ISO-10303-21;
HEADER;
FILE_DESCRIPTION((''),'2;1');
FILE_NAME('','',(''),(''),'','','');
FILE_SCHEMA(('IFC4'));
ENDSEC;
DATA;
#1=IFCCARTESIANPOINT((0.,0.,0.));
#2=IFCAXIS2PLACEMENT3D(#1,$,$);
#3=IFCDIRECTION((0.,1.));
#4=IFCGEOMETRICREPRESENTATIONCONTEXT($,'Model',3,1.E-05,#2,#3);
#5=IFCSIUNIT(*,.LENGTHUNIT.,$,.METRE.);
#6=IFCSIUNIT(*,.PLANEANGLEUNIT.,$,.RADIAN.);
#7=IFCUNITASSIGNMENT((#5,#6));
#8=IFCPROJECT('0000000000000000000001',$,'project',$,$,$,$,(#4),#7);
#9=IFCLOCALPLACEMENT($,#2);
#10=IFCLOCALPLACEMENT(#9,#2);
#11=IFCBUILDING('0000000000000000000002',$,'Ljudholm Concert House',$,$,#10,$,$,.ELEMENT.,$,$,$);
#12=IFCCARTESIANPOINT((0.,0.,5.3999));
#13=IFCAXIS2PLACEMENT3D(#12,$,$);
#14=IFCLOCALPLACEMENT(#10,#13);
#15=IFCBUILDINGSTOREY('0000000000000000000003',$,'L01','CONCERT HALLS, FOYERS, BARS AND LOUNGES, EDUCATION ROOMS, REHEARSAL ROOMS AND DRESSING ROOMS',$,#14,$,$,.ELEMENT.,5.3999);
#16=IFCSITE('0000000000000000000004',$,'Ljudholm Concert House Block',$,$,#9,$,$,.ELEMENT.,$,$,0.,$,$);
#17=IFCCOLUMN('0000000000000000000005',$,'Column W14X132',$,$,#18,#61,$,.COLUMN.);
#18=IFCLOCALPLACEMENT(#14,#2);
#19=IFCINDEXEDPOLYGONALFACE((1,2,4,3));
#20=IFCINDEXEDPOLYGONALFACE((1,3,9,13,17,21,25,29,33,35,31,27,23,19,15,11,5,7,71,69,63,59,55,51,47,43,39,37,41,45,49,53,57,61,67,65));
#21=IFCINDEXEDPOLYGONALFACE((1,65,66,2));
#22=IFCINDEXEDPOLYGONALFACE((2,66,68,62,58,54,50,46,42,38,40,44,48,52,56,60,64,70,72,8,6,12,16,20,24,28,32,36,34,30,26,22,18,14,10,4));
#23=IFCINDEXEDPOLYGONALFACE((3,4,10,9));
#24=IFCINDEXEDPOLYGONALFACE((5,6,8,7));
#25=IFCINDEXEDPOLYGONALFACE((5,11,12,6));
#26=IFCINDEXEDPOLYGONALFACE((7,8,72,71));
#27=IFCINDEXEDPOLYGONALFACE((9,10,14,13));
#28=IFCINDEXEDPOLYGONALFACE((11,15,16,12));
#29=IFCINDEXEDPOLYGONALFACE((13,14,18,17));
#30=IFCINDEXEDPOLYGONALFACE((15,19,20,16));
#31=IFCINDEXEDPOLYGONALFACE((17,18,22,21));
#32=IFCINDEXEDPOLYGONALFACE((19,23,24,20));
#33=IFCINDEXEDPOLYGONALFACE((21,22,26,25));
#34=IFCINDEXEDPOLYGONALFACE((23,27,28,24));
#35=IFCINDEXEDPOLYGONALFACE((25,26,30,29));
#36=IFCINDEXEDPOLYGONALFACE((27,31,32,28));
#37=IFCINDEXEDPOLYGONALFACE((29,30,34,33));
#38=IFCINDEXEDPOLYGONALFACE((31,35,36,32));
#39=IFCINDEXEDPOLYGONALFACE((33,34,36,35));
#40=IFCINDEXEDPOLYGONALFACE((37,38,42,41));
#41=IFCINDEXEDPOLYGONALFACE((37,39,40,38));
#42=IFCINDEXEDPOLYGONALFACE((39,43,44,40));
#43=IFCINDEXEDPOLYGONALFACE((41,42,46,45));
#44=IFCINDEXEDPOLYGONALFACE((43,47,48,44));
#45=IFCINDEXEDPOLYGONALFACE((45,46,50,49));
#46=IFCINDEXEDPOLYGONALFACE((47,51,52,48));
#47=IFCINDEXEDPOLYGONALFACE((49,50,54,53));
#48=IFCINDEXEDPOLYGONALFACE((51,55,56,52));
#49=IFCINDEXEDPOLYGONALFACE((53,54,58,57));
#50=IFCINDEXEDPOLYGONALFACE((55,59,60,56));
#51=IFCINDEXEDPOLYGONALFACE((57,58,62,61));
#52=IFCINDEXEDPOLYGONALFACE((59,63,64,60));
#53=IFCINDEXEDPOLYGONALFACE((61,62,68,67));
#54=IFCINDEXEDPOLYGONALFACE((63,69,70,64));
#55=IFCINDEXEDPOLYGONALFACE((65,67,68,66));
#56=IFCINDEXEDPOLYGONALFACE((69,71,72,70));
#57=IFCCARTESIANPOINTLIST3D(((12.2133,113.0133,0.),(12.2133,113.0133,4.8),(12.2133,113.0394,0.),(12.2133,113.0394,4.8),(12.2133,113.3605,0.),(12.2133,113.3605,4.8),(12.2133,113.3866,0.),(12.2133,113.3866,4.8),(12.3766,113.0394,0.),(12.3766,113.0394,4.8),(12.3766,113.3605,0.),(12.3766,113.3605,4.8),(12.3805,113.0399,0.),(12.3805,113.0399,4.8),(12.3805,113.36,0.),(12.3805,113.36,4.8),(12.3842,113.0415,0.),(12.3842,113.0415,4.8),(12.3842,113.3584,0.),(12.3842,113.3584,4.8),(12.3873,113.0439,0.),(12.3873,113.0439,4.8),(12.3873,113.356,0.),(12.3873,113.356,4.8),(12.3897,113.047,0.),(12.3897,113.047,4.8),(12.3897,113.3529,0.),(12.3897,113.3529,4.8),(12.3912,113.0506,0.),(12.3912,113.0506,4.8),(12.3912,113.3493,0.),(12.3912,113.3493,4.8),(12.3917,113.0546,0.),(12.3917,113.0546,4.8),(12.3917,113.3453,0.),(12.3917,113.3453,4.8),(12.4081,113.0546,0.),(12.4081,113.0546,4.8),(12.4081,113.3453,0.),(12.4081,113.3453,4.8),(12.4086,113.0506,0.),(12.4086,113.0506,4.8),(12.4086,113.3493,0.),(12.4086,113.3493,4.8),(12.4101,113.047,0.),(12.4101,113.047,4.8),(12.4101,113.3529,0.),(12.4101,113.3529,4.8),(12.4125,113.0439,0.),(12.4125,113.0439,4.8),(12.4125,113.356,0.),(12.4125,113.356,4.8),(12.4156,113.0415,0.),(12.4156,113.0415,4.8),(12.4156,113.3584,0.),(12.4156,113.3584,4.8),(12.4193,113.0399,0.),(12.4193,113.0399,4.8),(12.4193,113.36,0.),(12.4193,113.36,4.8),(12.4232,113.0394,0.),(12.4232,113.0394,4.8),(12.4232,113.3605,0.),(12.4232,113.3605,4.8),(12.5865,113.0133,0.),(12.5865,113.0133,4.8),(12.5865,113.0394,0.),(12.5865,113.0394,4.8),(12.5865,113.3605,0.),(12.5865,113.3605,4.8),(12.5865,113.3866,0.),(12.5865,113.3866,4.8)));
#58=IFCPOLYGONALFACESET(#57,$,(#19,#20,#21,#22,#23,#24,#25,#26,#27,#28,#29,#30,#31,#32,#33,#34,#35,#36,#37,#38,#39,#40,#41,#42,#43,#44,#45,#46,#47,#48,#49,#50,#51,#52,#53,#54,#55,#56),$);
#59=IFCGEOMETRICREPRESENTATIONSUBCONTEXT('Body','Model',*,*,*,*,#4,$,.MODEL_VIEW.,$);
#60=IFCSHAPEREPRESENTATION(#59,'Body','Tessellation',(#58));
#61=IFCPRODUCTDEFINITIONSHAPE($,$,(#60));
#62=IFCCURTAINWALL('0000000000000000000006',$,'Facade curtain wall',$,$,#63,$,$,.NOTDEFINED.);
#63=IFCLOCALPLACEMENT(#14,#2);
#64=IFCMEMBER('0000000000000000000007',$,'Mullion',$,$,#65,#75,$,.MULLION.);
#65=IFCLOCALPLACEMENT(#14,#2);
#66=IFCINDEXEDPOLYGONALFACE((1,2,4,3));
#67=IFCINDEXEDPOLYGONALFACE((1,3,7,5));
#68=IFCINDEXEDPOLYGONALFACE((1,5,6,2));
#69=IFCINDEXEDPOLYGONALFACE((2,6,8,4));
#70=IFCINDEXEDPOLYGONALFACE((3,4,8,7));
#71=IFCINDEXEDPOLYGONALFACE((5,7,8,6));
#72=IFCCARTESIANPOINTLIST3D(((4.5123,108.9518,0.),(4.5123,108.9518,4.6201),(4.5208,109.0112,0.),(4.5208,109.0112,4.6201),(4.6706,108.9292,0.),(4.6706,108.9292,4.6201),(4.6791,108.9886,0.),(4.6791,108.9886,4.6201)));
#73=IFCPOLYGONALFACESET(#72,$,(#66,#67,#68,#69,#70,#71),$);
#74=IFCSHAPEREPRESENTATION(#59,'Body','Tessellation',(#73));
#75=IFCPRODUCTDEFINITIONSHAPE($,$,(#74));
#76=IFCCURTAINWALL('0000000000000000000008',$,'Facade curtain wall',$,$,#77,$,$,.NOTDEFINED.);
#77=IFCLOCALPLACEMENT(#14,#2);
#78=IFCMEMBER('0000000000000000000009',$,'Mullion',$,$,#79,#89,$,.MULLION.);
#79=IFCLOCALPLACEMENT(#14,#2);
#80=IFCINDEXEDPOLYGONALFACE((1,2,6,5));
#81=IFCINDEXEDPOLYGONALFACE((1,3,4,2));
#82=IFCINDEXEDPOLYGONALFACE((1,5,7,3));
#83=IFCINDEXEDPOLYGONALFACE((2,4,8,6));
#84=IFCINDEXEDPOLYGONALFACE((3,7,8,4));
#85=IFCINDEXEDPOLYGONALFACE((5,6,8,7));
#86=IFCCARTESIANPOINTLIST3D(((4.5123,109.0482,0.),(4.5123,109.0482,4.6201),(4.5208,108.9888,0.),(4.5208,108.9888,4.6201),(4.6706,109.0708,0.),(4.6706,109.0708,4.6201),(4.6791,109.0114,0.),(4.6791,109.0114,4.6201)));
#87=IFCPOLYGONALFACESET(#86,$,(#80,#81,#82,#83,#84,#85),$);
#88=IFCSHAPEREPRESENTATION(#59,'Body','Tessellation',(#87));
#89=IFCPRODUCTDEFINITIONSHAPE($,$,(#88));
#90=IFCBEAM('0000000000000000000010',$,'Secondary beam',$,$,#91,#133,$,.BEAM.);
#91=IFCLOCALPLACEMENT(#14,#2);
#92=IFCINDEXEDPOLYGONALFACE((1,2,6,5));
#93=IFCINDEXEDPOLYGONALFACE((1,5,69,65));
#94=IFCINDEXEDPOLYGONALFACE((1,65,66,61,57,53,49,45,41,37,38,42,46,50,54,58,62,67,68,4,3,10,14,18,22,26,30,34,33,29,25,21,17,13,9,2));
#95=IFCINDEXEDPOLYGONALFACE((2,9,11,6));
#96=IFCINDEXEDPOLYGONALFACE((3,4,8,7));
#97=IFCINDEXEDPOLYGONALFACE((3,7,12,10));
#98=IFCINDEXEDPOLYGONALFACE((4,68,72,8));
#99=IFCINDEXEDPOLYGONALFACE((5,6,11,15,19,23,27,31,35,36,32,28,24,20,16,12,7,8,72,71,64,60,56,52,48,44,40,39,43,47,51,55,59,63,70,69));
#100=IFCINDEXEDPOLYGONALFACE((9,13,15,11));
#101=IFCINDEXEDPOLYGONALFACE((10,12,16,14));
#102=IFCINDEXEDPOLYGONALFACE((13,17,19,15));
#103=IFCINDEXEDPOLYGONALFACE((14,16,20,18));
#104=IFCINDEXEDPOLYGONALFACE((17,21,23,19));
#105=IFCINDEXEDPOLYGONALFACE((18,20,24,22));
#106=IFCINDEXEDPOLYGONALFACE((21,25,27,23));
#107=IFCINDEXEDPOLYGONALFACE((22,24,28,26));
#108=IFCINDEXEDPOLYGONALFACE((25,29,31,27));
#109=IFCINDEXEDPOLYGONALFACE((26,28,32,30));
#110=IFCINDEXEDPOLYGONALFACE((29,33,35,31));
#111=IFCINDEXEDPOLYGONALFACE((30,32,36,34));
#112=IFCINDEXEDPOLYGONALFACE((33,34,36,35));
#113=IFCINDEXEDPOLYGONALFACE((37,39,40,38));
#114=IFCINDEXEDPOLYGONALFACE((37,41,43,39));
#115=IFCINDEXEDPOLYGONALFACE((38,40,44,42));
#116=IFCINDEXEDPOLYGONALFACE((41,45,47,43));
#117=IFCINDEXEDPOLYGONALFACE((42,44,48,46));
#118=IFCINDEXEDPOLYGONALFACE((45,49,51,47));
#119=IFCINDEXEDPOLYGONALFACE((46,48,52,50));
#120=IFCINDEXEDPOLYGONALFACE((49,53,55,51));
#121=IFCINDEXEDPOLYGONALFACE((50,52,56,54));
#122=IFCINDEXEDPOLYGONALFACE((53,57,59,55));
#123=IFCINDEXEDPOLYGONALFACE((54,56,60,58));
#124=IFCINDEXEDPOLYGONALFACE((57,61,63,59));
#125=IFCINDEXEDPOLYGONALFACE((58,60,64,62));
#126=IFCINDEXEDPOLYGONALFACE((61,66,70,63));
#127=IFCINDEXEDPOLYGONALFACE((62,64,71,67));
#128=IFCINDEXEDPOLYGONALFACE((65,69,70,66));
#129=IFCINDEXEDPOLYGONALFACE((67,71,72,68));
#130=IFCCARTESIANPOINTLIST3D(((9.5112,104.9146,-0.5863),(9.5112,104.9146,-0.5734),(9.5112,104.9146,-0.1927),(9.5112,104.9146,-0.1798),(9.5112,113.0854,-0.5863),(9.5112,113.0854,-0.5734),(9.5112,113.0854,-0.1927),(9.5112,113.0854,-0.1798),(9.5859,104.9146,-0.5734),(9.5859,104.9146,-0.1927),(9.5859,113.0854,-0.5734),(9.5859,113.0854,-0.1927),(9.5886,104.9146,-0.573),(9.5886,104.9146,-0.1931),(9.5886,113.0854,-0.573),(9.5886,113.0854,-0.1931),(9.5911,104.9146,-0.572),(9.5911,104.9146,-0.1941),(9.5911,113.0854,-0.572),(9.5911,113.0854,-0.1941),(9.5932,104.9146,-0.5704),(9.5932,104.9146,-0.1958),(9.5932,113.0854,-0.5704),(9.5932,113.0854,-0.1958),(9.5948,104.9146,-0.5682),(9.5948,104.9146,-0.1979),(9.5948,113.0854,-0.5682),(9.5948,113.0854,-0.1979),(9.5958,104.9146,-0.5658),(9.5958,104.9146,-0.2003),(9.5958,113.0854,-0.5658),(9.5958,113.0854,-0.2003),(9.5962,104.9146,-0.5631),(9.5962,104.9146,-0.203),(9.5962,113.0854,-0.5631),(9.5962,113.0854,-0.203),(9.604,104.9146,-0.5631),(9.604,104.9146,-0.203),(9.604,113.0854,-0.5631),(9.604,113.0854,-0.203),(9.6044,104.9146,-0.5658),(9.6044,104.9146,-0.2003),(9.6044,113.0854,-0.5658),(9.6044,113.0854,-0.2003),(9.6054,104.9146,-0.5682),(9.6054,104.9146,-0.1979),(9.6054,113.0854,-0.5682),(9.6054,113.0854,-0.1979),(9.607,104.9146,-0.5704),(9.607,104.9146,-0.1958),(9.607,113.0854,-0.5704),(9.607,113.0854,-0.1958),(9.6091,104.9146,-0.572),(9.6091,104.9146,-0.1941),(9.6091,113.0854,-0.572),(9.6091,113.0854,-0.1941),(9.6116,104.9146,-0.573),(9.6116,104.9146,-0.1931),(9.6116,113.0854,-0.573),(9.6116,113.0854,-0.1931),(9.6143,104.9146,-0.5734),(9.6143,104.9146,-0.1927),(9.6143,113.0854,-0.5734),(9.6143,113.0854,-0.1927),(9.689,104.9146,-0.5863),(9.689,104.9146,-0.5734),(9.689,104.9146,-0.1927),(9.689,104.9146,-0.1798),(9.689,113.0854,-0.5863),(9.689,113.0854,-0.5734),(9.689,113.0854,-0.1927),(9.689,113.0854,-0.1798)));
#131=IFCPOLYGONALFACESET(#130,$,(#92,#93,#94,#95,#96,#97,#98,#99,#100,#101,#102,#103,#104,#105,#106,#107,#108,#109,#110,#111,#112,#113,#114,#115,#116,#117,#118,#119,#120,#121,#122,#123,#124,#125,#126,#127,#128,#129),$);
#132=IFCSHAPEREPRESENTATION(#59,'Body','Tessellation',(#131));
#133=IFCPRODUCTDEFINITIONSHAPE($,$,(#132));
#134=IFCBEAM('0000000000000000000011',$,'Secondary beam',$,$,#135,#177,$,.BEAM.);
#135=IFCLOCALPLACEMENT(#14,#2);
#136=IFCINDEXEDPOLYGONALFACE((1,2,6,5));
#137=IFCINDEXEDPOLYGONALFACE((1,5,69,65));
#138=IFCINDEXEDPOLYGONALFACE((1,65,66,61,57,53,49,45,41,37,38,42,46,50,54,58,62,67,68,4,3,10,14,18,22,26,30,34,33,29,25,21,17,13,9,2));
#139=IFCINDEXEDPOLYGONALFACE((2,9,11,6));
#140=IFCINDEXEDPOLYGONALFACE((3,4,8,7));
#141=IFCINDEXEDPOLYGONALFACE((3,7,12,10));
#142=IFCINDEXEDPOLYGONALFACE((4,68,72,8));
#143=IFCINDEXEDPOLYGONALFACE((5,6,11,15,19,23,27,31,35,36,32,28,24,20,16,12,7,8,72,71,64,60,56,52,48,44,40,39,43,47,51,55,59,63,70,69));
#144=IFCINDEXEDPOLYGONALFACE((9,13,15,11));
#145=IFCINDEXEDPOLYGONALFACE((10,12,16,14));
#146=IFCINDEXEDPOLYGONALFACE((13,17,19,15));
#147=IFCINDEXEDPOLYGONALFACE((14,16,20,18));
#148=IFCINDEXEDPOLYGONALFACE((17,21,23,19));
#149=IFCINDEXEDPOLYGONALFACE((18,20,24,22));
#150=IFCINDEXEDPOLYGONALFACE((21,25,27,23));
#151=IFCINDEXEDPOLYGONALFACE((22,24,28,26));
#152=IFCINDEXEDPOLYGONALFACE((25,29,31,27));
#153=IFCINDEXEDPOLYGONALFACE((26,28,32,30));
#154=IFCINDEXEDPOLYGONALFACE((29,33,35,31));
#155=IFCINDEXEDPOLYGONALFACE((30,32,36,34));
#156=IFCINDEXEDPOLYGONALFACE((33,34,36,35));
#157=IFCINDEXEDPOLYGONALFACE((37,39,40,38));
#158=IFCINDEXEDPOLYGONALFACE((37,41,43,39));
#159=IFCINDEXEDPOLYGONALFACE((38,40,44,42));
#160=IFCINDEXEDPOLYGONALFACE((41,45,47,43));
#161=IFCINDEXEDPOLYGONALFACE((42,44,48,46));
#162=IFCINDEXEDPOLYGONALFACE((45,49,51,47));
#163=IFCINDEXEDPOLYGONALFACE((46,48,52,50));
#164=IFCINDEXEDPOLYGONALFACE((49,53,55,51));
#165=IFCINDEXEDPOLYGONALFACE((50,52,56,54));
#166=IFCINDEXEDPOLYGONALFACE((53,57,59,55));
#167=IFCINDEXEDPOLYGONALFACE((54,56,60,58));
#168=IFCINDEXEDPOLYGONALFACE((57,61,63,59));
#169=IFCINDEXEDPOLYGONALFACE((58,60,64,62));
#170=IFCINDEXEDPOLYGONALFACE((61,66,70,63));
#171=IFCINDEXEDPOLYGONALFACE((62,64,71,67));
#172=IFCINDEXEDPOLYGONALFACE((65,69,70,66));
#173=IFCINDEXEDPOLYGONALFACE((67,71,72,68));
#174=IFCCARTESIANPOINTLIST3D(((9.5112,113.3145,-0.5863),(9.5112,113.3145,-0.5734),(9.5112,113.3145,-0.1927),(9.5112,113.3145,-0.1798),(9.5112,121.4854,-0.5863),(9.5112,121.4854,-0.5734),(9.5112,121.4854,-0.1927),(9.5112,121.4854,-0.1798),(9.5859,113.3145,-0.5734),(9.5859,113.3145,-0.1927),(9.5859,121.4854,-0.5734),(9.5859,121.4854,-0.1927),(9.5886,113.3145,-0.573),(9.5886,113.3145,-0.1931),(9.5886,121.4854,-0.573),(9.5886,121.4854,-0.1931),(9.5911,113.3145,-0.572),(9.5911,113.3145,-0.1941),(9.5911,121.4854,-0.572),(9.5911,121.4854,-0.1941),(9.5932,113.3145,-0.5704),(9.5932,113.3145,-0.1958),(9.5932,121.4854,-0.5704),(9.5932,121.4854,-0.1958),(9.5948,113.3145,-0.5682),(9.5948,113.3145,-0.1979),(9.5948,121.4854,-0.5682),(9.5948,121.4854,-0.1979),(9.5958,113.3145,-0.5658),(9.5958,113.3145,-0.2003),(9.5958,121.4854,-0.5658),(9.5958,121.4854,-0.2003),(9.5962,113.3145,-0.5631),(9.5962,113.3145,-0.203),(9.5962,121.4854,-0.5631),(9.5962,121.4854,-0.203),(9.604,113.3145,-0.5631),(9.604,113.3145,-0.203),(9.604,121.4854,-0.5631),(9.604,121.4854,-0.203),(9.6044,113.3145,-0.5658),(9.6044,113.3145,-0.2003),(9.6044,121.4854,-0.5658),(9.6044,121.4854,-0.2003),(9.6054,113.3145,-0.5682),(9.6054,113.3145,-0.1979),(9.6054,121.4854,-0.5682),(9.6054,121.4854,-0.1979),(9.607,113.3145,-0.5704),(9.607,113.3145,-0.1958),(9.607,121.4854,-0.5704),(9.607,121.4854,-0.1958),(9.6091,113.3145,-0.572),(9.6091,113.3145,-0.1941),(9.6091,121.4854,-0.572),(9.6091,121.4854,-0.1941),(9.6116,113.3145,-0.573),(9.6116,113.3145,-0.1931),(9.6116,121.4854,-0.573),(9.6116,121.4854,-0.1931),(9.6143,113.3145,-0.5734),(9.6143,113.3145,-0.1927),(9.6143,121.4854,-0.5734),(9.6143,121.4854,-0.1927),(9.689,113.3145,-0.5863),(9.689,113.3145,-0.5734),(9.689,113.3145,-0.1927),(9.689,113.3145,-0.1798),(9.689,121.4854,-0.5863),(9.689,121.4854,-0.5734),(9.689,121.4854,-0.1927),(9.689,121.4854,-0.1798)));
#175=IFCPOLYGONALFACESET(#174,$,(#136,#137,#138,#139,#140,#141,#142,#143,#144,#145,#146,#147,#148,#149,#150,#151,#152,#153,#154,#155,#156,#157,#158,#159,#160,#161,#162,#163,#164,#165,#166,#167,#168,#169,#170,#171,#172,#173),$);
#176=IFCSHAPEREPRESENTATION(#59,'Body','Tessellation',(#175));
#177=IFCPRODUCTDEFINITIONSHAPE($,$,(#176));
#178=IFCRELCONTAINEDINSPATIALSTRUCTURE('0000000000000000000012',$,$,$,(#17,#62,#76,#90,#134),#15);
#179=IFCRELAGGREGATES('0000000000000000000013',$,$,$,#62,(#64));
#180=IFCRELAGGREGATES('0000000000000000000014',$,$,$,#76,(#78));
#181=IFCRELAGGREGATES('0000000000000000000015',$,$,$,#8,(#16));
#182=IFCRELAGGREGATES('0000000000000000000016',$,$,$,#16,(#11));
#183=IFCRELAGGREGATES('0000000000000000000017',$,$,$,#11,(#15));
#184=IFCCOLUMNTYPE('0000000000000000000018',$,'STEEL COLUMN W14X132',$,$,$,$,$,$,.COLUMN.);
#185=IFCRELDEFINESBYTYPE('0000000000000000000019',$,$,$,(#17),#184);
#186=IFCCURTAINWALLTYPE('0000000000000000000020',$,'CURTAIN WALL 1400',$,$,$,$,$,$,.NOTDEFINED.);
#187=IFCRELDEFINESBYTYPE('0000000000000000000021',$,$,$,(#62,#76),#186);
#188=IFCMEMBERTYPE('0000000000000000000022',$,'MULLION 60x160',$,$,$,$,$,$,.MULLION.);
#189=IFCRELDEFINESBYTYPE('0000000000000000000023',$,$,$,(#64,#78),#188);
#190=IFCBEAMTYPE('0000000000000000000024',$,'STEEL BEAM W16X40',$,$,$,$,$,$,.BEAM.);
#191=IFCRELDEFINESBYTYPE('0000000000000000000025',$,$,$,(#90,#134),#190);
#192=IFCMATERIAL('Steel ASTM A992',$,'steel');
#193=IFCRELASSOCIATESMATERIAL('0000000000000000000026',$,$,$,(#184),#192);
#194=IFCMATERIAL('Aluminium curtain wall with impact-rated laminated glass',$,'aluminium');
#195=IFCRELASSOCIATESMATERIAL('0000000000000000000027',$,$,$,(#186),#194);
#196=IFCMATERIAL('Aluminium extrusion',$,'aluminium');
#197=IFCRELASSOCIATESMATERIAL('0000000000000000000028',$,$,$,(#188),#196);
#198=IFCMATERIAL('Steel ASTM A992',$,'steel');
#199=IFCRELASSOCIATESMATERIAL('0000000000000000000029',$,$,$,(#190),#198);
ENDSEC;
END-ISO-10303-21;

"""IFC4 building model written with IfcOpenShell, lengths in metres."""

from ifc_helpers import new_model, si_unit, direction, frame, origin, origin_2d, place, context, subcontext, project, spatial, rectangle, i_section, extrude, material, material_profile, profile_set, type_object, element, aggregate, save


model = new_model("IFC4")

# Units and contexts
model_context = context("Model", 3, precision=1e-05, world=origin(), true_north=direction((0.0, 1.0)))
body_context = subcontext(model_context, "Body", "Model", "MODEL_VIEW")
ifc_project = project(units=[si_unit("LENGTHUNIT", "METRE"), si_unit("PLANEANGLEUNIT", "RADIAN")], contexts=[model_context])

# Site, building, storey
site_placement = place(None, origin())
site = spatial("IfcSite", under=ifc_project, at=site_placement, Name="Ljudholm Concert House Block", CompositionType="ELEMENT", RefElevation=0.0)
building_placement = place(site_placement, origin())
building = spatial("IfcBuilding", under=site, at=building_placement, Name="Ljudholm Concert House", CompositionType="ELEMENT")
storey_placement = place(building_placement, frame((0.0, 0.0, 5.3999)))
storey = spatial("IfcBuildingStorey", under=building, at=storey_placement, Name="L01", Description="CONCERT HALLS, FOYERS, BARS AND LOUNGES, EDUCATION ROOMS, REHEARSAL ROOMS AND DRESSING ROOMS", CompositionType="ELEMENT", Elevation=5.3999)

# Column
ifc_material_1 = material(Name="Steel ASTM A992", Category="steel")
ifc_material_profile_1 = material_profile(ifc_material_1, i_section(OverallWidth=0.3733, OverallDepth=0.3733, WebThickness=0.0164, FlangeThickness=0.0261, FilletRadius=0.0151, at=origin_2d()), Name="W14X132")
ifc_profile_set_1 = profile_set([ifc_material_profile_1], Name="Steel ASTM A992")
column_type = type_object("IfcColumnType", Name="STEEL COLUMN W14X132", PredefinedType="COLUMN", material=ifc_profile_set_1)
column_placement = place(storey_placement, frame((12.3999, 113.2, 0.0), z_axis=(0.0, 0.0, 1.0), x_axis=(1.0, 0.0, 0.0)))
element("IfcColumn", 1, at=column_placement, inside=storey, type_object=column_type, Name="Column W14X132", PredefinedType="COLUMN", context=body_context, shape_type="SweptSolid", body=[
    extrude(i_section(OverallWidth=0.3733, OverallDepth=0.3733, WebThickness=0.0164, FlangeThickness=0.0261, FilletRadius=0.0151, at=origin_2d()), origin(), (0.0, 0.0, 1.0), 4.8),
])

# Curtain walls, members
ifc_material_2 = material(Name="Aluminium curtain wall with impact-rated laminated glass", Category="aluminium")
curtain_wall_type = type_object("IfcCurtainWallType", Name="CURTAIN WALL 1400", PredefinedType="NOTDEFINED", material=ifc_material_2)
curtain_wall_1_placement = place(storey_placement, origin())
curtain_wall_1 = element("IfcCurtainWall", 2, at=curtain_wall_1_placement, inside=storey, type_object=curtain_wall_type, Name="Facade curtain wall", PredefinedType="NOTDEFINED")
ifc_material_3 = material(Name="Aluminium extrusion", Category="aluminium")
ifc_material_profile_2 = material_profile(ifc_material_3, rectangle(XDim=0.1599, YDim=0.0601, at=origin_2d()), Name="MULLION 60x160")
ifc_profile_set_2 = profile_set([ifc_material_profile_2], Name="Aluminium extrusion")
member_type_1 = type_object("IfcMemberType", Name="MULLION 60x160", PredefinedType="MULLION", material=ifc_profile_set_2)
member_1_placement = place(storey_placement, frame((4.5957, 108.9702, 0.0), z_axis=(0.0, 0.0, 1.0), x_axis=(-0.989949, 0.141421, 0.0)))
member_1 = element("IfcMember", 3, at=member_1_placement, type_object=member_type_1, Name="Mullion", PredefinedType="MULLION", context=body_context, shape_type="SweptSolid", body=[
    extrude(rectangle(XDim=0.1599, YDim=0.0601, at=origin_2d()), origin(), (0.0, 0.0, 1.0), 4.6201),
])
aggregate(curtain_wall_1, [member_1])
curtain_wall_2_placement = place(storey_placement, origin())
curtain_wall_2 = element("IfcCurtainWall", 4, at=curtain_wall_2_placement, inside=storey, type_object=curtain_wall_type, Name="Facade curtain wall", PredefinedType="NOTDEFINED")
member_2_placement = place(storey_placement, frame((4.5957, 109.0298, 0.0), z_axis=(0.0, 0.0, 1.0), x_axis=(-0.989949, -0.141421, 0.0)))
member_2 = element("IfcMember", 5, at=member_2_placement, type_object=member_type_1, Name="Mullion", PredefinedType="MULLION", context=body_context, shape_type="SweptSolid", body=[
    extrude(rectangle(XDim=0.1599, YDim=0.0601, at=origin_2d()), origin(), (0.0, 0.0, 1.0), 4.6201),
])

# Beams
ifc_material_4 = material(Name="Steel ASTM A992", Category="steel")
ifc_material_profile_3 = material_profile(ifc_material_4, i_section(OverallWidth=0.1777, OverallDepth=0.4065, WebThickness=0.0078, FlangeThickness=0.0129, FilletRadius=0.0103, at=origin_2d()), Name="W16X40")
ifc_profile_set_3 = profile_set([ifc_material_profile_3], Name="Steel ASTM A992")
beam_type_1 = type_object("IfcBeamType", Name="STEEL BEAM W16X40", PredefinedType="BEAM", material=ifc_profile_set_3)
for number, where, z_axis, x_axis, name in (
    (6, (9.6001, 104.9146, -0.3831), (0.0, 1.0, 0.0), (-1.0, 0.0, 0.0), "Secondary beam"),
    (7, (9.6001, 113.3145, -0.3831), (0.0, 1.0, 0.0), (-1.0, 0.0, 0.0), "Secondary beam"),
):
    element("IfcBeam", number, at=place(storey_placement, frame(where, z_axis=z_axis, x_axis=x_axis)), inside=storey, type_object=beam_type_1, Name=name, PredefinedType="BEAM", context=body_context, shape_type="SweptSolid", body=[
        extrude(i_section(OverallWidth=0.1777, OverallDepth=0.4065, WebThickness=0.0078, FlangeThickness=0.0129, FilletRadius=0.0103, at=origin_2d()), origin(), (0.0, 0.0, 1.0), 8.1709),
    ])

aggregate(curtain_wall_2, [member_2])

save(model, "model.ifc")
